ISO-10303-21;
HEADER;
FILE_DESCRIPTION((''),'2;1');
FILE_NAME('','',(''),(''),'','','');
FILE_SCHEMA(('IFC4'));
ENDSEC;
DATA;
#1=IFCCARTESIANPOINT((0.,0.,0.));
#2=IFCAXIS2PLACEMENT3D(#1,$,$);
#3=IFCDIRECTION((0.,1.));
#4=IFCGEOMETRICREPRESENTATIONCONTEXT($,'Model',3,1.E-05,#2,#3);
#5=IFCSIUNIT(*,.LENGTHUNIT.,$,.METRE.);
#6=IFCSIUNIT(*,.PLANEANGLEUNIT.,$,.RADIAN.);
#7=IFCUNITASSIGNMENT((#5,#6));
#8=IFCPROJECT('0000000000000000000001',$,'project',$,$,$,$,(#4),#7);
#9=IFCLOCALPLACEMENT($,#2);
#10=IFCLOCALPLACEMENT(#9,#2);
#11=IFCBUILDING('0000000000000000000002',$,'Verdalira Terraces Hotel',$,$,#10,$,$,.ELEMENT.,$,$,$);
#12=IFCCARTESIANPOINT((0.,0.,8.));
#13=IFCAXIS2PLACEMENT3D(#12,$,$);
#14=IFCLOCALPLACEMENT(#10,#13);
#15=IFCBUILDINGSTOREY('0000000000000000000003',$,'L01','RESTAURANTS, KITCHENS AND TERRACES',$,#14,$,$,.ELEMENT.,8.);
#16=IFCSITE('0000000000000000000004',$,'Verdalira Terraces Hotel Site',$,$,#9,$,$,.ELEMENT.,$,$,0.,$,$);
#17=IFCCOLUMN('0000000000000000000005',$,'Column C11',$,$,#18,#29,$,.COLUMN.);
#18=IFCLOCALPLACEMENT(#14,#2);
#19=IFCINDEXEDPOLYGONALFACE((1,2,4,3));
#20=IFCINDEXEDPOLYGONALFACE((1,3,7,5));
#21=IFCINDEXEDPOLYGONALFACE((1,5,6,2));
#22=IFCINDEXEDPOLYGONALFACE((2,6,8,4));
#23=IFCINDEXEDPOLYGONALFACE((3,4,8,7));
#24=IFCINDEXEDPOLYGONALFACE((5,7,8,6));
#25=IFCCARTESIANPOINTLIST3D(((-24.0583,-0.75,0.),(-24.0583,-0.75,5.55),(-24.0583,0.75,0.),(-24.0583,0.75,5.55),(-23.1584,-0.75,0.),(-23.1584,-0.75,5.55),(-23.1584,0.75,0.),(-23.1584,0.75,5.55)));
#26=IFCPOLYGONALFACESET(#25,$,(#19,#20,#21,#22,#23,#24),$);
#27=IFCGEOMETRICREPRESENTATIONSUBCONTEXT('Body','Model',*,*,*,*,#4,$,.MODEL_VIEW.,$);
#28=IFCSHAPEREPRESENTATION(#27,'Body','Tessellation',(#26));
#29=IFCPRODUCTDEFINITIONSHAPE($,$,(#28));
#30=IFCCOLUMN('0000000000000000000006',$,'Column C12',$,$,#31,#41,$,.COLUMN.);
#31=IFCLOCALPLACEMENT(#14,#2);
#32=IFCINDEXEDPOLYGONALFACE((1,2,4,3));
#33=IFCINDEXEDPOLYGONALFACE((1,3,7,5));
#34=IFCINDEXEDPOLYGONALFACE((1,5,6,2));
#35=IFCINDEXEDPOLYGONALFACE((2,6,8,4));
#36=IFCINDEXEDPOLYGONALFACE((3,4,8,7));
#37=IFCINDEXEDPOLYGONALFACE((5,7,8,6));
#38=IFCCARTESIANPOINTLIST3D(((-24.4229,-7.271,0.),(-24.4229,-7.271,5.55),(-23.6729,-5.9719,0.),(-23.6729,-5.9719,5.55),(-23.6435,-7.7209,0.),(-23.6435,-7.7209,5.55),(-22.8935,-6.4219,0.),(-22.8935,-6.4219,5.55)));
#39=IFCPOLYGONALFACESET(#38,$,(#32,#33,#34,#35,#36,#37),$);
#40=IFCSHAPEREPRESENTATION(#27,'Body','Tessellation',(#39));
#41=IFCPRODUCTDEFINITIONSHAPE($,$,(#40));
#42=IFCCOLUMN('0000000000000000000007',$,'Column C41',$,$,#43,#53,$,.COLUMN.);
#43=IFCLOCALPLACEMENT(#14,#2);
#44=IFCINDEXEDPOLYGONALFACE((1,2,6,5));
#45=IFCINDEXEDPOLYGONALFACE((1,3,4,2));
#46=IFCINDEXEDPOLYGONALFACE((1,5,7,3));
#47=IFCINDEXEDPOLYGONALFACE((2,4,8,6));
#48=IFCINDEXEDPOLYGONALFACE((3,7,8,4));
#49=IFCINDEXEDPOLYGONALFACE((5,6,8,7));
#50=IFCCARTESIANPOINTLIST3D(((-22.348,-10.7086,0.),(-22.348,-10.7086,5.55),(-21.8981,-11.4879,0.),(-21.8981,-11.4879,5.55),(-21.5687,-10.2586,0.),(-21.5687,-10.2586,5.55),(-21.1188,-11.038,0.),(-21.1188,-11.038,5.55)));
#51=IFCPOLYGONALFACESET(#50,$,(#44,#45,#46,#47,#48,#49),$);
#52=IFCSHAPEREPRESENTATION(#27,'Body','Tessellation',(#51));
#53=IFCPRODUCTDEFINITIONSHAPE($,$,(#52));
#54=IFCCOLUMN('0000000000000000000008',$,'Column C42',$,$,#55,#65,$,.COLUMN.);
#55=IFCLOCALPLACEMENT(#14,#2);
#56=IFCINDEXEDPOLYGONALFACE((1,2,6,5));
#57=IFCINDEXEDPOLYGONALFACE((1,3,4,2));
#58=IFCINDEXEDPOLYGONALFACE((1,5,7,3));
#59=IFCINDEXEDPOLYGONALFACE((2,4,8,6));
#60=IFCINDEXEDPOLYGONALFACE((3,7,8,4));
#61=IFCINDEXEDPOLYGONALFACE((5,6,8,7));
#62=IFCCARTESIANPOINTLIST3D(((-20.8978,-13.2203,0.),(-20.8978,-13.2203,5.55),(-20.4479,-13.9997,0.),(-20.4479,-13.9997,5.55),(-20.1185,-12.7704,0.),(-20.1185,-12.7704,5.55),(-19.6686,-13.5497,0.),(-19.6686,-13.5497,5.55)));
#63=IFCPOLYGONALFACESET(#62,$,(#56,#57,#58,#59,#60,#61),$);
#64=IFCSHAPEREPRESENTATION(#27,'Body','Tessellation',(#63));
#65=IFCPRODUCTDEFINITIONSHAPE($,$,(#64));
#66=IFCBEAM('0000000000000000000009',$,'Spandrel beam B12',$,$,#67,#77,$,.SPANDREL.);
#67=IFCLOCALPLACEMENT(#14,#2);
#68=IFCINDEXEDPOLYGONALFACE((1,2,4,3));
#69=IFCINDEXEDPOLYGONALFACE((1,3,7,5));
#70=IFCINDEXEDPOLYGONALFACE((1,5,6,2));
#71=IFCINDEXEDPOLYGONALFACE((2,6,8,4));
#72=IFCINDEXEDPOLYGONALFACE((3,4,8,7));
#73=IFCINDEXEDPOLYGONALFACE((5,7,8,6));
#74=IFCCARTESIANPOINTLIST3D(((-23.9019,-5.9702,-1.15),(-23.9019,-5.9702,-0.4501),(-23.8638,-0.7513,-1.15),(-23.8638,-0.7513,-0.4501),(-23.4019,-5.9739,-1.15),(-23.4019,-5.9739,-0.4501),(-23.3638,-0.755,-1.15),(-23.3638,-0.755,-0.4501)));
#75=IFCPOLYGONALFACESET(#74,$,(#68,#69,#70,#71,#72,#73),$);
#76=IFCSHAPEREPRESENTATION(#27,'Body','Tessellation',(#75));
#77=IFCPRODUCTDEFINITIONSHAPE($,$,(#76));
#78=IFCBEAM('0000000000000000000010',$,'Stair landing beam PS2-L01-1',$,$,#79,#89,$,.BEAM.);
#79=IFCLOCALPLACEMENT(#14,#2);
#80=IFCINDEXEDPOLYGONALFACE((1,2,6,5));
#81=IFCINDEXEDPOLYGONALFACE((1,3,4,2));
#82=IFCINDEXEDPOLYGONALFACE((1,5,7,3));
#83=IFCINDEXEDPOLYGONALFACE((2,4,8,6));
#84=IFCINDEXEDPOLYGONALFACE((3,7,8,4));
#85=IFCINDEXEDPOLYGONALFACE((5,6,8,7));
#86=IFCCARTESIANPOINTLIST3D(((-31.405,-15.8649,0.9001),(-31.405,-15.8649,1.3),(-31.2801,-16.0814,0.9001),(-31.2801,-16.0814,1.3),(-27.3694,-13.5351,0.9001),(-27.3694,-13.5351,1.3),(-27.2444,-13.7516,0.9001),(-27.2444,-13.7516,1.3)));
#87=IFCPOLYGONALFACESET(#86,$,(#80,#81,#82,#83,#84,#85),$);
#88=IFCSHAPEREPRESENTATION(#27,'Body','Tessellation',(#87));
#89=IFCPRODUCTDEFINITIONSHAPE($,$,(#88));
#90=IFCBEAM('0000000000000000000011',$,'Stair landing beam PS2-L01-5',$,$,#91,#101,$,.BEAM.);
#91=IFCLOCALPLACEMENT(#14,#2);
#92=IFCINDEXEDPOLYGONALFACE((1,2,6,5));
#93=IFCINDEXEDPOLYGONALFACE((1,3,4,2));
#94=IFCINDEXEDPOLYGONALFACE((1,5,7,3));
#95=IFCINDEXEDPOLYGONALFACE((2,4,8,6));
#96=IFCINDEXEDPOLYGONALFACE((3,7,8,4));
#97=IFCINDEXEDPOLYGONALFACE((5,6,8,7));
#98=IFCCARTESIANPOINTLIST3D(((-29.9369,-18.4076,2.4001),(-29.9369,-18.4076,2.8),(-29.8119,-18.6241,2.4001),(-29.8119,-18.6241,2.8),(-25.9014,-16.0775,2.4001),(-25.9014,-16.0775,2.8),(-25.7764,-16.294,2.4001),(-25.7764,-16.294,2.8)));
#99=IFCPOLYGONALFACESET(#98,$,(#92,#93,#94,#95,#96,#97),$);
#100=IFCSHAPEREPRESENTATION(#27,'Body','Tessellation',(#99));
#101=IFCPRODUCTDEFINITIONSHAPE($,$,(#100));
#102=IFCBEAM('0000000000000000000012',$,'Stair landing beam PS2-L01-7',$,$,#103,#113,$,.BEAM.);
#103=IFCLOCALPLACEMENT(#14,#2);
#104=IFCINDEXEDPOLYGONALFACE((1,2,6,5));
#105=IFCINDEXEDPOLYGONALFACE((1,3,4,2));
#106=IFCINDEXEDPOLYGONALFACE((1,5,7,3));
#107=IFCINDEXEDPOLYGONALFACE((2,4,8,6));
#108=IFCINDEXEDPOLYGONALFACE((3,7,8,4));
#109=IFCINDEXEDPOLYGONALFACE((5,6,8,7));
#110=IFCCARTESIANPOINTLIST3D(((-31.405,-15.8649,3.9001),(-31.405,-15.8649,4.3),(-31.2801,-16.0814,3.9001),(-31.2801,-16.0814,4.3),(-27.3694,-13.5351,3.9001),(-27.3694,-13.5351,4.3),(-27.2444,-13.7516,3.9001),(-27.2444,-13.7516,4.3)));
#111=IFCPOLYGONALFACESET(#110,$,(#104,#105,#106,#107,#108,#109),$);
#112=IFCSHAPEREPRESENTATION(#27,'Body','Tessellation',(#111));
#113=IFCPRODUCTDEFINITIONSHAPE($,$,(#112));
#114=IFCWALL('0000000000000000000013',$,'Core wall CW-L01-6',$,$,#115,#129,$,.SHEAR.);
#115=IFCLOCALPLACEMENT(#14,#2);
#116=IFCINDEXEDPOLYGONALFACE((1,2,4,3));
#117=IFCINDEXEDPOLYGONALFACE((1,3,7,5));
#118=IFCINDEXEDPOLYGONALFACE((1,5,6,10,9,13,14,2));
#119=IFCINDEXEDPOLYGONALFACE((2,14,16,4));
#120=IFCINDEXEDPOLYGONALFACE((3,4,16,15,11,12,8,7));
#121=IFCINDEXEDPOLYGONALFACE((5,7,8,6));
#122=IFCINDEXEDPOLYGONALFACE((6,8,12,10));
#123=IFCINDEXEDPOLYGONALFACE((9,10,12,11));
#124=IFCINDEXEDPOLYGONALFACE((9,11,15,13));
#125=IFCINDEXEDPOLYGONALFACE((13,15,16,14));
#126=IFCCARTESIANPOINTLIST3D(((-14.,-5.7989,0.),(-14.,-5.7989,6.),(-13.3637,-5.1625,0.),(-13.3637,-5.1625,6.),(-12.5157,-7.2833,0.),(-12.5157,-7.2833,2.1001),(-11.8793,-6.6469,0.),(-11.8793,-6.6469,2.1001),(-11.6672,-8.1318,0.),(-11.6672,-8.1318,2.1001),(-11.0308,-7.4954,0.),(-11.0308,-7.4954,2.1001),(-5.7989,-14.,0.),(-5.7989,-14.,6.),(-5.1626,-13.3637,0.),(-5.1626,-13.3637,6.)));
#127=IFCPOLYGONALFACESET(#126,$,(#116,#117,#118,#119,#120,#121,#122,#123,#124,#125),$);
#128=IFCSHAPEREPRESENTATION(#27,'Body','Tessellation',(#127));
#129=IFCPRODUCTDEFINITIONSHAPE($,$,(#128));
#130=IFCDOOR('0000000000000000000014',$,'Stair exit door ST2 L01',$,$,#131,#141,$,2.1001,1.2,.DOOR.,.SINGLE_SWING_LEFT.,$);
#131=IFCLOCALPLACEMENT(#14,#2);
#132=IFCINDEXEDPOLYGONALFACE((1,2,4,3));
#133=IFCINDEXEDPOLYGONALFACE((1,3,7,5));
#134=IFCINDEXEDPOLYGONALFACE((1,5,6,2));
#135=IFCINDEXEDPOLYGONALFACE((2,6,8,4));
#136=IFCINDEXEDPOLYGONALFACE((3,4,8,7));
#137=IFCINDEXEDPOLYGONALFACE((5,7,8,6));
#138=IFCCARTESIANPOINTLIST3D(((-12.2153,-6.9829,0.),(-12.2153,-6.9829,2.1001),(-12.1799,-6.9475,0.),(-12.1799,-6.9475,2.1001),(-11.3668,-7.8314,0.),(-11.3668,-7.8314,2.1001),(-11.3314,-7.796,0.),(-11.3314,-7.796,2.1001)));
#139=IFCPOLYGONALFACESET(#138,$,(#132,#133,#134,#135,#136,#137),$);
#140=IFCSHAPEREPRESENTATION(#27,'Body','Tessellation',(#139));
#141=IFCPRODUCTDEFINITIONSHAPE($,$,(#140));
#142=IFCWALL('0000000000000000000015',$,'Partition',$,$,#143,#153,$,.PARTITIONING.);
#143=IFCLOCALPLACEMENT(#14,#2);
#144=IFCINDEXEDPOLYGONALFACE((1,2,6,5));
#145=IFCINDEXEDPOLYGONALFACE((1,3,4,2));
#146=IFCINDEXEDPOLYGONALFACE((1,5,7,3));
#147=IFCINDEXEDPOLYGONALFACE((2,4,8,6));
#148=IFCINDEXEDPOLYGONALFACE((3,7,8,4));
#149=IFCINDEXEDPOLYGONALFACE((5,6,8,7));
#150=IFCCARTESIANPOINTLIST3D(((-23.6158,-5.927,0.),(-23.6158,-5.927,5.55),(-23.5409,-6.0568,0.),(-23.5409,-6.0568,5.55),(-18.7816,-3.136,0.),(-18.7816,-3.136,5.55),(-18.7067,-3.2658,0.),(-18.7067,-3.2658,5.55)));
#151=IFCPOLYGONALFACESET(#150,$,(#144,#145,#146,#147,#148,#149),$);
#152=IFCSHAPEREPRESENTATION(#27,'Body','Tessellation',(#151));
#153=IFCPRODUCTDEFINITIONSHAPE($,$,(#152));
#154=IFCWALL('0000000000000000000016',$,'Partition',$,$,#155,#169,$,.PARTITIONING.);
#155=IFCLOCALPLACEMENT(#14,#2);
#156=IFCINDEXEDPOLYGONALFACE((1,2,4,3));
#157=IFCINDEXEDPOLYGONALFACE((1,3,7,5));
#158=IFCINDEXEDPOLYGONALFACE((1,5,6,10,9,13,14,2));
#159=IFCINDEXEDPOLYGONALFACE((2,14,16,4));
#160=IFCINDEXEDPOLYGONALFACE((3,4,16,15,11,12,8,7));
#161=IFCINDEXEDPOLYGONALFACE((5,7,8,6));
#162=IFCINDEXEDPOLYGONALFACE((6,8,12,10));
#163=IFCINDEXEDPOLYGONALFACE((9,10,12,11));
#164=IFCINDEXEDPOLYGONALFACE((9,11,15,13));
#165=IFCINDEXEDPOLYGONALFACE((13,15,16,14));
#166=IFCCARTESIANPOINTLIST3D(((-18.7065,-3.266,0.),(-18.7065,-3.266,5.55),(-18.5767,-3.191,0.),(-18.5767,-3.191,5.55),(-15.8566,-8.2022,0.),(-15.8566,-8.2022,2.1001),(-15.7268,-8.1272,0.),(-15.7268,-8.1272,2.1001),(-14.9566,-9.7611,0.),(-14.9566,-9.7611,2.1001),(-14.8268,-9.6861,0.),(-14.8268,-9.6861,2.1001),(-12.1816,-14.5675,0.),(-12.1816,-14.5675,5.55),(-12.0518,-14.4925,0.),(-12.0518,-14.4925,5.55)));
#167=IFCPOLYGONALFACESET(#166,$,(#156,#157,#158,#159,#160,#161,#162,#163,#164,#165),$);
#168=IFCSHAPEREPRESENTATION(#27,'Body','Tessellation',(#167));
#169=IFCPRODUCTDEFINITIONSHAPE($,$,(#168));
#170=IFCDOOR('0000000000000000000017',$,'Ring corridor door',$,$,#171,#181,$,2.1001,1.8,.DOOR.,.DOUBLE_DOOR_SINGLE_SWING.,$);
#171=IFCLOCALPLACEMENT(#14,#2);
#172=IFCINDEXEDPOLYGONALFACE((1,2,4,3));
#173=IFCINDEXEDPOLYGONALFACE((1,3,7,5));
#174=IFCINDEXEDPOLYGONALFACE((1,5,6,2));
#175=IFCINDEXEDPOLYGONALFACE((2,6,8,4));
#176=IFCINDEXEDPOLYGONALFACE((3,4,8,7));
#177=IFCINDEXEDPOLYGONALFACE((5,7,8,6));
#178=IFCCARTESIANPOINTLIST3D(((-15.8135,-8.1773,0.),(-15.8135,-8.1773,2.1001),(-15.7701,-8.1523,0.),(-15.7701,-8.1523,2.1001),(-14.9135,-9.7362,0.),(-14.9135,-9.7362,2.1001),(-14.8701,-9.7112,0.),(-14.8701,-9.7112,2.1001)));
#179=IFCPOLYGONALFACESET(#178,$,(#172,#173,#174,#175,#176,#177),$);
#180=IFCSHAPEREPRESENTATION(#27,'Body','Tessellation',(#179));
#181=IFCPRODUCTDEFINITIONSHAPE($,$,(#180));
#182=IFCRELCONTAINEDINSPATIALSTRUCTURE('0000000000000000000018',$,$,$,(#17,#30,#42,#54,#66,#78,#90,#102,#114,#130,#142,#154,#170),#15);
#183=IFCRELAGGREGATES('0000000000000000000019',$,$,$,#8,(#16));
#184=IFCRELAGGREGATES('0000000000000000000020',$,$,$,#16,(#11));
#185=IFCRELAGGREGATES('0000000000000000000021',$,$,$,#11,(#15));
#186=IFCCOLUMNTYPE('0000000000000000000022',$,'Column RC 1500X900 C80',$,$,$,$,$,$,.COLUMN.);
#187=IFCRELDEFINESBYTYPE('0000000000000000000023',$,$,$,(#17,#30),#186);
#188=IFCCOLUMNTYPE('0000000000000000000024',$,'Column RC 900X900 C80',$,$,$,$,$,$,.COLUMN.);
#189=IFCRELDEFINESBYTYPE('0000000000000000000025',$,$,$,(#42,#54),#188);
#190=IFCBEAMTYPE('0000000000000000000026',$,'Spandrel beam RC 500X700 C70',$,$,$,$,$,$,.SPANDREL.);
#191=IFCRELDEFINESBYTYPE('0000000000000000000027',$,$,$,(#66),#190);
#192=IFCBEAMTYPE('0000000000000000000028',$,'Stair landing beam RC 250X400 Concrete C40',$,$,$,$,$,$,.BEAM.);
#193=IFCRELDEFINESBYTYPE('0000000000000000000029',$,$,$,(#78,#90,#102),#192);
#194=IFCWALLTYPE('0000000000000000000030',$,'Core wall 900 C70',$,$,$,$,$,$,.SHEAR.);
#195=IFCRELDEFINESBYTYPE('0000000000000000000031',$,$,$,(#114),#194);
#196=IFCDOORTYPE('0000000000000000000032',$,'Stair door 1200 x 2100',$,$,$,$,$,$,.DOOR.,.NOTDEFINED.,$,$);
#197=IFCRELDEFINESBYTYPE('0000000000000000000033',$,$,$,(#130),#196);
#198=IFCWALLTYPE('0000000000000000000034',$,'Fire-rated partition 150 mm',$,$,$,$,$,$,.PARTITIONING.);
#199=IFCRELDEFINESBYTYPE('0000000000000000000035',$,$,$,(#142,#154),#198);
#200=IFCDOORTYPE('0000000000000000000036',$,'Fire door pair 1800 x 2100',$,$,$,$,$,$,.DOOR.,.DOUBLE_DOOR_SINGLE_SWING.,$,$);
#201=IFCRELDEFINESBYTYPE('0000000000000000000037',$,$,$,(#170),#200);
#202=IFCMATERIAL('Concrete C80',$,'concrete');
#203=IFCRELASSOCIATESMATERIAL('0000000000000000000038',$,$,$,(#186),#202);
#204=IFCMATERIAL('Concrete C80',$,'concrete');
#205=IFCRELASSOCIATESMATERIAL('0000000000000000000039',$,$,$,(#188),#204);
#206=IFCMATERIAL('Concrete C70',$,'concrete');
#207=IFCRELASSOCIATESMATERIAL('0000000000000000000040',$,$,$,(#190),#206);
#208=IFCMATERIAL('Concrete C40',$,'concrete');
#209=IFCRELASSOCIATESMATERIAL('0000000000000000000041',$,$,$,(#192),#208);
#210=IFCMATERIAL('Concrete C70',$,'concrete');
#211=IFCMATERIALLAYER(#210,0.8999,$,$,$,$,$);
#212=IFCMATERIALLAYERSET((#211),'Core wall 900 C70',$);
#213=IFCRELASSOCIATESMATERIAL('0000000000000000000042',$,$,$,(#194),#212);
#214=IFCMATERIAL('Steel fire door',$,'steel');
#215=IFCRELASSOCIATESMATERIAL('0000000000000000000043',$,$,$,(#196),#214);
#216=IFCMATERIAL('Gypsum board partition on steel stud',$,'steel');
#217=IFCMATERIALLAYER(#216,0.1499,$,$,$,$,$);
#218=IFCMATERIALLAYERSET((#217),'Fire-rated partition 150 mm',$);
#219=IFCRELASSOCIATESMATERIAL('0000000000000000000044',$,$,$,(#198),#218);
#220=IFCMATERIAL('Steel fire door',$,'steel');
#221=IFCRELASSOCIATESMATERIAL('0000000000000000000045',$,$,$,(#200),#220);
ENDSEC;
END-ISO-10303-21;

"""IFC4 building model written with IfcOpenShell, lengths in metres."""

from ifc_helpers import new_model, si_unit, direction, frame, frame_2d, origin, origin_2d, place, context, subcontext, project, spatial, rectangle, extrude, material, layer, layer_set, material_profile, profile_set, type_object, element, fill, save


model = new_model("IFC4")

# Units and contexts
model_context = context("Model", 3, precision=1e-05, world=origin(), true_north=direction((0.0, 1.0)))
body_context = subcontext(model_context, "Body", "Model", "MODEL_VIEW")
ifc_project = project(units=[si_unit("LENGTHUNIT", "METRE"), si_unit("PLANEANGLEUNIT", "RADIAN")], contexts=[model_context])

# Site, building, storey
site_placement = place(None, origin())
site = spatial("IfcSite", under=ifc_project, at=site_placement, Name="Verdalira Terraces Hotel Site", CompositionType="ELEMENT", RefElevation=0.0)
building_placement = place(site_placement, origin())
building = spatial("IfcBuilding", under=site, at=building_placement, Name="Verdalira Terraces Hotel", CompositionType="ELEMENT")
storey_placement = place(building_placement, frame((0.0, 0.0, 8.0)))
storey = spatial("IfcBuildingStorey", under=building, at=storey_placement, Name="L01", Description="RESTAURANTS, KITCHENS AND TERRACES", CompositionType="ELEMENT", Elevation=8.0)

# Columns
ifc_material_1 = material(Name="Concrete C80", Category="concrete")
ifc_material_profile_1 = material_profile(ifc_material_1, rectangle(XDim=1.5, YDim=0.8999, at=origin_2d()), Name="RC 1500X900")
ifc_profile_set_1 = profile_set([ifc_material_profile_1], Name="Concrete C80")
column_type_1 = type_object("IfcColumnType", Name="Column RC 1500X900 C80", PredefinedType="COLUMN", material=ifc_profile_set_1)
for number, where, z_axis, x_axis, name in (
    (1, (-23.6084, 0.0, 0.0), (0.0, 0.0, 1.0), (0.0, -1.0, 0.0), "Column C11"),
    (2, (-23.6582, -6.8464, 0.0), (0.0, 0.0, 1.0), (0.5, 0.866025, 0.0), "Column C12"),
):
    element("IfcColumn", number, at=place(storey_placement, frame(where, z_axis=z_axis, x_axis=x_axis)), inside=storey, type_object=column_type_1, Name=name, PredefinedType="COLUMN", context=body_context, shape_type="SweptSolid", body=[
        extrude(rectangle(XDim=1.5, YDim=0.8999, at=origin_2d()), origin(), (0.0, 0.0, 1.0), 5.55),
    ])
ifc_material_2 = material(Name="Concrete C80", Category="concrete")
ifc_material_profile_2 = material_profile(ifc_material_2, rectangle(XDim=0.8999, YDim=0.8999, at=origin_2d()), Name="RC 900X900")
ifc_profile_set_2 = profile_set([ifc_material_profile_2], Name="Concrete C80")
column_type_2 = type_object("IfcColumnType", Name="Column RC 900X900 C80", PredefinedType="COLUMN", material=ifc_profile_set_2)
for number, where, z_axis, x_axis, name in (
    (3, (-21.7334, -10.8733, 0.0), (0.0, 0.0, 1.0), (-0.866025, -0.5, 0.0), "Column C41"),
    (4, (-20.2832, -13.385, 0.0), (0.0, 0.0, 1.0), (-0.866025, -0.5, 0.0), "Column C42"),
):
    element("IfcColumn", number, at=place(storey_placement, frame(where, z_axis=z_axis, x_axis=x_axis)), inside=storey, type_object=column_type_2, Name=name, PredefinedType="COLUMN", context=body_context, shape_type="SweptSolid", body=[
        extrude(rectangle(XDim=0.8999, YDim=0.8999, at=origin_2d()), origin(), (0.0, 0.0, 1.0), 5.55),
    ])

# Beams
ifc_material_3 = material(Name="Concrete C70", Category="concrete")
ifc_material_profile_3 = material_profile(ifc_material_3, rectangle(XDim=0.5, YDim=0.7, at=origin_2d()), Name="RC 500X700")
ifc_profile_set_3 = profile_set([ifc_material_profile_3], Name="Concrete C70")
beam_type_1 = type_object("IfcBeamType", Name="Spandrel beam RC 500X700 C70", PredefinedType="SPANDREL", material=ifc_profile_set_3)
beam_placement = place(storey_placement, frame((-23.6138, -0.7532, -0.8), z_axis=(-0.007298, -0.999973, 0.0), x_axis=(0.999973, -0.007298, 0.0)))
element("IfcBeam", 5, at=beam_placement, inside=storey, type_object=beam_type_1, Name="Spandrel beam B12", PredefinedType="SPANDREL", context=body_context, shape_type="SweptSolid", body=[
    extrude(rectangle(XDim=0.5, YDim=0.7, at=origin_2d()), origin(), (0.0, 0.0, 1.0), 5.219),
])
ifc_material_4 = material(Name="Concrete C40", Category="concrete")
ifc_material_profile_4 = material_profile(ifc_material_4, rectangle(XDim=0.25, YDim=0.3999, at=origin_2d()), Name="RC 250X400")
ifc_profile_set_4 = profile_set([ifc_material_profile_4], Name="Concrete C40")
beam_type_2 = type_object("IfcBeamType", Name="Stair landing beam RC 250X400 Concrete C40", PredefinedType="BEAM", material=ifc_profile_set_4)
for number, where, z_axis, x_axis, name in (
    (6, (-27.3069, -13.6433, 1.1001), (-0.866039, -0.499976, 0.0), (0.499976, -0.866039, 0.0), "Stair landing beam PS2-L01-1"),
    (7, (-25.8389, -16.1858, 2.6001), (-0.866016, -0.500016, 0.0), (0.500016, -0.866016, 0.0), "Stair landing beam PS2-L01-5"),
    (8, (-27.3069, -13.6433, 4.1001), (-0.866039, -0.499976, 0.0), (0.499976, -0.866039, 0.0), "Stair landing beam PS2-L01-7"),
):
    element("IfcBeam", number, at=place(storey_placement, frame(where, z_axis=z_axis, x_axis=x_axis)), inside=storey, type_object=beam_type_2, Name=name, PredefinedType="BEAM", context=body_context, shape_type="SweptSolid", body=[
        extrude(rectangle(XDim=0.25, YDim=0.3999, at=origin_2d()), origin(), (0.0, 0.0, 1.0), 4.6599),
    ])

# Wall, opening, door
ifc_material_5 = material(Name="Concrete C70", Category="concrete")
ifc_layer_1 = layer(ifc_material_5, 0.8999)
ifc_layer_set_1 = layer_set([ifc_layer_1], Name="Core wall 900 C70")
wall_type_1 = type_object("IfcWallType", Name="Core wall 900 C70", PredefinedType="SHEAR", material=ifc_layer_set_1)
wall_1_placement = place(storey_placement, frame((-13.6819, -5.4807, 0.0), z_axis=(0.0, 0.0, 1.0), x_axis=(0.707107, -0.707107, 0.0)))
wall_1 = element("IfcWall", 9, at=wall_1_placement, inside=storey, type_object=wall_type_1, Name="Core wall CW-L01-6", PredefinedType="SHEAR", context=body_context, shape_type="SweptSolid", body=[
    extrude(rectangle(XDim=11.5981, YDim=0.8999, at=frame_2d((5.7991, 0.0))), origin(), (0.0, 0.0, 1.0), 6.0),
])
opening_1_placement = place(wall_1_placement, frame((2.0991, 0.0, 0.0)))
opening_1 = element("IfcOpeningElement", 10, at=opening_1_placement, cuts=wall_1, PredefinedType="OPENING", context=body_context, shape_type="SweptSolid", body=[
    extrude(rectangle(XDim=1.2, YDim=2.1001, at=frame_2d((0.6001, 1.05))), frame((0.0, 0.46, 0.0), z_axis=(0.0, -1.0, 0.0), x_axis=(1.0, 0.0, 0.0)), (0.0, 0.0, 1.0), 0.9199),
])
ifc_material_6 = material(Name="Steel fire door", Category="steel")
door_type_1 = type_object("IfcDoorType", Name="Stair door 1200 x 2100", OperationType="NOTDEFINED", PredefinedType="DOOR", material=ifc_material_6)
door_1_placement = place(opening_1_placement, origin())
door_1 = element("IfcDoor", 11, at=door_1_placement, inside=storey, type_object=door_type_1, Name="Stair exit door ST2 L01", OperationType="SINGLE_SWING_LEFT", OverallHeight=2.1001, OverallWidth=1.2, PredefinedType="DOOR", context=body_context, shape_type="SweptSolid", body=[
    extrude(rectangle(XDim=1.2, YDim=2.1001, at=frame_2d((0.6001, 1.05))), frame((0.0, 0.0249, 0.0), z_axis=(0.0, -1.0, 0.0), x_axis=(1.0, 0.0, 0.0)), (0.0, 0.0, 1.0), 0.05),
])
fill(opening_1, door_1)

# Wall
ifc_material_7 = material(Name="Gypsum board partition on steel stud", Category="steel")
ifc_layer_2 = layer(ifc_material_7, 0.1499)
ifc_layer_set_2 = layer_set([ifc_layer_2], Name="Fire-rated partition 150 mm")
wall_type_2 = type_object("IfcWallType", Name="Fire-rated partition 150 mm", PredefinedType="PARTITIONING", material=ifc_layer_set_2)
wall_2_placement = place(storey_placement, frame((-18.7441, -3.2009, 0.0), z_axis=(0.0, 0.0, 1.0), x_axis=(-0.866028, -0.499996, 0.0)))
element("IfcWall", 12, at=wall_2_placement, inside=storey, type_object=wall_type_2, Name="Partition", PredefinedType="PARTITIONING", context=body_context, shape_type="SweptSolid", body=[
    extrude(rectangle(XDim=5.582, YDim=0.1499, at=frame_2d((2.791, 0.0))), origin(), (0.0, 0.0, 1.0), 5.55),
])

# Wall, opening, door
wall_3_placement = place(storey_placement, frame((-18.6416, -3.2285, 0.0), z_axis=(0.0, 0.0, 1.0), x_axis=(0.499998, -0.866026, 0.0)))
wall_3 = element("IfcWall", 13, at=wall_3_placement, inside=storey, type_object=wall_type_2, Name="Partition", PredefinedType="PARTITIONING", context=body_context, shape_type="SweptSolid", body=[
    extrude(rectangle(XDim=13.0498, YDim=0.1499, at=frame_2d((6.5249, 0.0))), origin(), (0.0, 0.0, 1.0), 5.55),
])
opening_2_placement = place(wall_3_placement, frame((5.7, 0.0, 0.0)))
opening_2 = element("IfcOpeningElement", 14, at=opening_2_placement, cuts=wall_3, PredefinedType="OPENING", context=body_context, shape_type="SweptSolid", body=[
    extrude(rectangle(XDim=1.8, YDim=2.1001, at=frame_2d((0.8999, 1.05))), frame((0.0, 0.085, 0.0), z_axis=(0.0, -1.0, 0.0), x_axis=(1.0, 0.0, 0.0)), (0.0, 0.0, 1.0), 0.1699),
])
ifc_material_8 = material(Name="Steel fire door", Category="steel")
door_type_2 = type_object("IfcDoorType", Name="Fire door pair 1800 x 2100", OperationType="DOUBLE_DOOR_SINGLE_SWING", PredefinedType="DOOR", material=ifc_material_8)
door_2_placement = place(opening_2_placement, origin())
door_2 = element("IfcDoor", 15, at=door_2_placement, inside=storey, type_object=door_type_2, Name="Ring corridor door", OperationType="DOUBLE_DOOR_SINGLE_SWING", OverallHeight=2.1001, OverallWidth=1.8, PredefinedType="DOOR", context=body_context, shape_type="SweptSolid", body=[
    extrude(rectangle(XDim=1.8, YDim=2.1001, at=frame_2d((0.8999, 1.05))), frame((0.0, 0.0249, 0.0), z_axis=(0.0, -1.0, 0.0), x_axis=(1.0, 0.0, 0.0)), (0.0, 0.0, 1.0), 0.05),
])
fill(opening_2, door_2)

save(model, "model.ifc")
